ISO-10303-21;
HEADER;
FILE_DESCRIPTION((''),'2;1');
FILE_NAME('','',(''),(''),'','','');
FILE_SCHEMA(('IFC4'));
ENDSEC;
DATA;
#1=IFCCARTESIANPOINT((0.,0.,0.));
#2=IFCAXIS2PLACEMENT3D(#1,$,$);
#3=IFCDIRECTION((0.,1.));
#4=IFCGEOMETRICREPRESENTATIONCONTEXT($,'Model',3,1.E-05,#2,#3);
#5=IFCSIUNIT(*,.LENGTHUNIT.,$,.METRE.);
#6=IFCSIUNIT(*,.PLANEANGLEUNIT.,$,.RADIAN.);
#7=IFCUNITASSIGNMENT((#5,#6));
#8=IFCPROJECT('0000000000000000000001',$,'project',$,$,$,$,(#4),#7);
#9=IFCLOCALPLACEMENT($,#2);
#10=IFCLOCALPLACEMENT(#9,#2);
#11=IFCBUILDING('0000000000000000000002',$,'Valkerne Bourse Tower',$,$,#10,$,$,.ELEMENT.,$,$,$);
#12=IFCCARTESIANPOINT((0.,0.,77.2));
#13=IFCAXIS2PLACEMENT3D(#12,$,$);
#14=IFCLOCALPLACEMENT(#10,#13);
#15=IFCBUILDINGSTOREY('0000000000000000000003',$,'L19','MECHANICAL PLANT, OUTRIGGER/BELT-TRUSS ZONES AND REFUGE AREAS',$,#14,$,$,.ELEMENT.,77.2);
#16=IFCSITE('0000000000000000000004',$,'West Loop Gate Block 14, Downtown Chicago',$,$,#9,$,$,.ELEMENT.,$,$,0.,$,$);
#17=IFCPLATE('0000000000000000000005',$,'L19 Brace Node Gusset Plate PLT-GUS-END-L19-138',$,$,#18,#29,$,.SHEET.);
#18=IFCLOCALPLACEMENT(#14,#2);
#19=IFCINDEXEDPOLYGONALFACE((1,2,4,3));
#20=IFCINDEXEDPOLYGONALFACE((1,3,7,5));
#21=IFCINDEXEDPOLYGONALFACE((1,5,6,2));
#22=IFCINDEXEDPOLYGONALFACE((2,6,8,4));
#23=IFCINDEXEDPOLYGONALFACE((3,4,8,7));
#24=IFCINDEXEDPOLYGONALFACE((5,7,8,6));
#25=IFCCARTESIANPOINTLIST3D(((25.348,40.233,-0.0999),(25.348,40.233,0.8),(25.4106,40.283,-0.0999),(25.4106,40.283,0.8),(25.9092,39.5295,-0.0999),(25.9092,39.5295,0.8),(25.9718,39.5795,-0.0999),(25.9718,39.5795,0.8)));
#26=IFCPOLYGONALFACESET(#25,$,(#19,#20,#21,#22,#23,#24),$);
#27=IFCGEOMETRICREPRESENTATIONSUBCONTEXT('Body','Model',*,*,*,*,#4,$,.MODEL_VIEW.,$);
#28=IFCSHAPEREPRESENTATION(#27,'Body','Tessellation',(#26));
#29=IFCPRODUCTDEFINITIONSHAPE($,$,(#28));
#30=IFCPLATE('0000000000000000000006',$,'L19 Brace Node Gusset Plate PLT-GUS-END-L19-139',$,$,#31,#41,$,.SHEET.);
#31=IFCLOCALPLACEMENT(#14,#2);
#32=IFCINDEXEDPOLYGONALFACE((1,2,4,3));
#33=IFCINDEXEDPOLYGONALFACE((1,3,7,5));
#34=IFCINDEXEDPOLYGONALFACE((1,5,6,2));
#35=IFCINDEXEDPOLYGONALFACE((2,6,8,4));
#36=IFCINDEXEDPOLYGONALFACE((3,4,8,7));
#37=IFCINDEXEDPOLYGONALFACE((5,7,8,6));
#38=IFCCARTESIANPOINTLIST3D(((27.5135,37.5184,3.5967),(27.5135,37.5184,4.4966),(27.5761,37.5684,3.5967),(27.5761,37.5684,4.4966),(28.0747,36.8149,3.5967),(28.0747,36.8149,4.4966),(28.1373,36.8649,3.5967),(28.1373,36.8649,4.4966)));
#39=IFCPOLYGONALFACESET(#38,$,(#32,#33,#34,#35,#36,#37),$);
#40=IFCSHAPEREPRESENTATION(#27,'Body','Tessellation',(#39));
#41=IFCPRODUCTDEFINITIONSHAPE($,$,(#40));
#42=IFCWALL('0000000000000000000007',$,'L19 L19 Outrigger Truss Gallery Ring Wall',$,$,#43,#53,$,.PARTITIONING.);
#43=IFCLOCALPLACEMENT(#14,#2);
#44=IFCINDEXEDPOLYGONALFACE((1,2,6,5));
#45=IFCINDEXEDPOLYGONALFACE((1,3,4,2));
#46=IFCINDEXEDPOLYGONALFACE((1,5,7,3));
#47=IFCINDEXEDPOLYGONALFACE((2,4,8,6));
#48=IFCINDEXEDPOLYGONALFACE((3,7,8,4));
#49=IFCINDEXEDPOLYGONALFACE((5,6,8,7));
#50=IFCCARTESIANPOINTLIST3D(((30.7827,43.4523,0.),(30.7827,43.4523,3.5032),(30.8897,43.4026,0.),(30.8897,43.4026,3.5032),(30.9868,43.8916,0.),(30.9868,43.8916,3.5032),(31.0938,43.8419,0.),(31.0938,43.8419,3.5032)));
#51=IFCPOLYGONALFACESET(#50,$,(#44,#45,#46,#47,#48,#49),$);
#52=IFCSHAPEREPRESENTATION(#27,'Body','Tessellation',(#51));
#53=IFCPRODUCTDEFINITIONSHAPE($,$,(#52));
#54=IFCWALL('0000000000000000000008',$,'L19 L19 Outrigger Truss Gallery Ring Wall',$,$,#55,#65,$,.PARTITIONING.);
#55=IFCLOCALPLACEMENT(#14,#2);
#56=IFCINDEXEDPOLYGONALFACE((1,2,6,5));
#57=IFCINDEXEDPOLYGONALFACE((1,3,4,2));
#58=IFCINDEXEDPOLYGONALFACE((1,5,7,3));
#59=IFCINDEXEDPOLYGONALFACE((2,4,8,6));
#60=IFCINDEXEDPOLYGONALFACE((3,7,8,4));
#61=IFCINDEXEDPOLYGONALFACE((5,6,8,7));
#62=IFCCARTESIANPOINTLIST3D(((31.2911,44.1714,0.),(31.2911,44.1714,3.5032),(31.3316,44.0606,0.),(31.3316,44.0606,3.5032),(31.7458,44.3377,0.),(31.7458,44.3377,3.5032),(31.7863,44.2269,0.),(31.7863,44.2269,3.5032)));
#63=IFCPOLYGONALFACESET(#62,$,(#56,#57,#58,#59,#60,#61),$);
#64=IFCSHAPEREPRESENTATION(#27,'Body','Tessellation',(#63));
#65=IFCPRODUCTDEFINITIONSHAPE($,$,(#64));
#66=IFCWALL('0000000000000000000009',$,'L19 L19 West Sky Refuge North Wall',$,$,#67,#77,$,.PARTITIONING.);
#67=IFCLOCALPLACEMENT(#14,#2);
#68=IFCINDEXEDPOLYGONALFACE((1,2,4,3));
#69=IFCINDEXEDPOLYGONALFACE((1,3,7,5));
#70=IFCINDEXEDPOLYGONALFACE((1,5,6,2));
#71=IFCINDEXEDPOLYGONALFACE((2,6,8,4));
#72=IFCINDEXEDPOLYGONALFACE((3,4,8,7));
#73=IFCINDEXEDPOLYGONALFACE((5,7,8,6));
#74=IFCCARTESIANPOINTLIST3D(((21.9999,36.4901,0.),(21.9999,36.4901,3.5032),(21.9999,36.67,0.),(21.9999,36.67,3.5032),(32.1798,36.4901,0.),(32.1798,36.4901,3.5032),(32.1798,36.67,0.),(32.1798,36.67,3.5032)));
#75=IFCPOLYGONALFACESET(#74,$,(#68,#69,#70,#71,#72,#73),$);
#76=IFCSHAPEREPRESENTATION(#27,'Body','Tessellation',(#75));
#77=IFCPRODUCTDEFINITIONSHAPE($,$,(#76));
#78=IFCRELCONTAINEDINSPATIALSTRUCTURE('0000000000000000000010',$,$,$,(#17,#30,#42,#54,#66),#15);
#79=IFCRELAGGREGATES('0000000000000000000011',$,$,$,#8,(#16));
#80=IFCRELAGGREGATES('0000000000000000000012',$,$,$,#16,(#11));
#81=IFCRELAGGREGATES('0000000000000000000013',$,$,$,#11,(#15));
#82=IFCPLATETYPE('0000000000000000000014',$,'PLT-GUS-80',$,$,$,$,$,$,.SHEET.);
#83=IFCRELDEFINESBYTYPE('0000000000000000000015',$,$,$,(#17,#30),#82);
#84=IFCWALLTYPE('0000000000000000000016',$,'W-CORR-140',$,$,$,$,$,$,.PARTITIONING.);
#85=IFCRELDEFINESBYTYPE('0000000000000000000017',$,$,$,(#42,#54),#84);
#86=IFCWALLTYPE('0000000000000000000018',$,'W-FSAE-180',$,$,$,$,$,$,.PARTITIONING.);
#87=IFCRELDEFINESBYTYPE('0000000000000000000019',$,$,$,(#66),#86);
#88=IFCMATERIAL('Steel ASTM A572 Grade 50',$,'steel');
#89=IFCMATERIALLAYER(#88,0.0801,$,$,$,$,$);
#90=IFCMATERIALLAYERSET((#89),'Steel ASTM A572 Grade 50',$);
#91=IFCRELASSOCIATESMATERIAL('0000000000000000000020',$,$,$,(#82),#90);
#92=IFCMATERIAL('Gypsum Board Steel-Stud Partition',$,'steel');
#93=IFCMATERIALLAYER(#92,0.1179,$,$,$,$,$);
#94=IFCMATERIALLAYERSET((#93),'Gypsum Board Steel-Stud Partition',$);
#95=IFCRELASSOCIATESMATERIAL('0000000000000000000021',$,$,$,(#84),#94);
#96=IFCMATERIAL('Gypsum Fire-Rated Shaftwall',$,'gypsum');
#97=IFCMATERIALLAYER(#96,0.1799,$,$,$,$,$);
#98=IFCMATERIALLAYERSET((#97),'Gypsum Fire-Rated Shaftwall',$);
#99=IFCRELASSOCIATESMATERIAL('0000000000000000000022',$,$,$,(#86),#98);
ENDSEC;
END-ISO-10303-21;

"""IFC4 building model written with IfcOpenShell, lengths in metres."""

from ifc_helpers import new_model, si_unit, direction, frame, frame_2d, origin, origin_2d, place, context, subcontext, project, spatial, rectangle, extrude, material, layer, layer_set, type_object, element, save


model = new_model("IFC4")

# Units and contexts
model_context = context("Model", 3, precision=1e-05, world=origin(), true_north=direction((0.0, 1.0)))
body_context = subcontext(model_context, "Body", "Model", "MODEL_VIEW")
ifc_project = project(units=[si_unit("LENGTHUNIT", "METRE"), si_unit("PLANEANGLEUNIT", "RADIAN")], contexts=[model_context])

# Site, building, storey
site_placement = place(None, origin())
site = spatial("IfcSite", under=ifc_project, at=site_placement, Name="West Loop Gate Block 14, Downtown Chicago", CompositionType="ELEMENT", RefElevation=0.0)
building_placement = place(site_placement, origin())
building = spatial("IfcBuilding", under=site, at=building_placement, Name="Valkerne Bourse Tower", CompositionType="ELEMENT")
storey_placement = place(building_placement, frame((0.0, 0.0, 77.2)))
storey = spatial("IfcBuildingStorey", under=building, at=storey_placement, Name="L19", Description="MECHANICAL PLANT, OUTRIGGER/BELT-TRUSS ZONES AND REFUGE AREAS", CompositionType="ELEMENT", Elevation=77.2)

# Plates
ifc_material_1 = material(Name="Steel ASTM A572 Grade 50", Category="steel")
ifc_layer_1 = layer(ifc_material_1, 0.0801)
ifc_layer_set_1 = layer_set([ifc_layer_1], Name="Steel ASTM A572 Grade 50")
plate_type_1 = type_object("IfcPlateType", Name="PLT-GUS-80", PredefinedType="SHEET", material=ifc_layer_set_1)
for number, where, z_axis, x_axis, name in (
    (1, (25.6599, 39.9062, -0.0999), (0.0, 0.0, 1.0), (0.623607, -0.781738, 0.0), "L19 Brace Node Gusset Plate PLT-GUS-END-L19-138"),
    (2, (27.8254, 37.1917, 3.5967), (0.0, 0.0, 1.0), (0.623607, -0.781738, 0.0), "L19 Brace Node Gusset Plate PLT-GUS-END-L19-139"),
):
    element("IfcPlate", number, at=place(storey_placement, frame(where, z_axis=z_axis, x_axis=x_axis)), inside=storey, type_object=plate_type_1, Name=name, PredefinedType="SHEET", context=body_context, shape_type="SweptSolid", body=[
        extrude(rectangle(XDim=0.8999, YDim=0.0801, at=origin_2d()), origin(), (0.0, 0.0, 1.0), 0.8999),
    ])

# Walls
ifc_material_2 = material(Name="Gypsum Board Steel-Stud Partition", Category="steel")
ifc_layer_2 = layer(ifc_material_2, 0.1179)
ifc_layer_set_2 = layer_set([ifc_layer_2], Name="Gypsum Board Steel-Stud Partition")
wall_type_1 = type_object("IfcWallType", Name="W-CORR-140", PredefinedType="PARTITIONING", material=ifc_layer_set_2)
wall_1_placement = place(storey_placement, frame((30.8362, 43.4275, 0.0), z_axis=(0.0, 0.0, 1.0), x_axis=(0.421422, 0.906865, 0.0)))
element("IfcWall", 3, at=wall_1_placement, inside=storey, type_object=wall_type_1, Name="L19 L19 Outrigger Truss Gallery Ring Wall", PredefinedType="PARTITIONING", context=body_context, shape_type="SweptSolid", body=[
    extrude(rectangle(XDim=0.4844, YDim=0.1179, at=frame_2d((0.2422, 0.0))), origin(), (0.0, 0.0, 1.0), 3.5032),
])
wall_2_placement = place(storey_placement, frame((31.3113, 44.116, 0.0), z_axis=(0.0, 0.0, 1.0), x_axis=(0.939159, 0.343484, 0.0)))
element("IfcWall", 4, at=wall_2_placement, inside=storey, type_object=wall_type_1, Name="L19 L19 Outrigger Truss Gallery Ring Wall", PredefinedType="PARTITIONING", context=body_context, shape_type="SweptSolid", body=[
    extrude(rectangle(XDim=0.4841, YDim=0.1179, at=frame_2d((0.2422, 0.0))), origin(), (0.0, 0.0, 1.0), 3.5032),
])
ifc_material_3 = material(Name="Gypsum Fire-Rated Shaftwall", Category="gypsum")
ifc_layer_3 = layer(ifc_material_3, 0.1799)
ifc_layer_set_3 = layer_set([ifc_layer_3], Name="Gypsum Fire-Rated Shaftwall")
wall_type_2 = type_object("IfcWallType", Name="W-FSAE-180", PredefinedType="PARTITIONING", material=ifc_layer_set_3)
wall_3_placement = place(storey_placement, frame((22.0, 36.5801, 0.0), z_axis=(0.0, 0.0, 1.0), x_axis=(1.0, 0.0, 0.0)))
element("IfcWall", 5, at=wall_3_placement, inside=storey, type_object=wall_type_2, Name="L19 L19 West Sky Refuge North Wall", PredefinedType="PARTITIONING", context=body_context, shape_type="SweptSolid", body=[
    extrude(rectangle(XDim=10.1799, YDim=0.1799, at=frame_2d((5.0898, 0.0))), origin(), (0.0, 0.0, 1.0), 3.5032),
])

save(model, "model.ifc")
